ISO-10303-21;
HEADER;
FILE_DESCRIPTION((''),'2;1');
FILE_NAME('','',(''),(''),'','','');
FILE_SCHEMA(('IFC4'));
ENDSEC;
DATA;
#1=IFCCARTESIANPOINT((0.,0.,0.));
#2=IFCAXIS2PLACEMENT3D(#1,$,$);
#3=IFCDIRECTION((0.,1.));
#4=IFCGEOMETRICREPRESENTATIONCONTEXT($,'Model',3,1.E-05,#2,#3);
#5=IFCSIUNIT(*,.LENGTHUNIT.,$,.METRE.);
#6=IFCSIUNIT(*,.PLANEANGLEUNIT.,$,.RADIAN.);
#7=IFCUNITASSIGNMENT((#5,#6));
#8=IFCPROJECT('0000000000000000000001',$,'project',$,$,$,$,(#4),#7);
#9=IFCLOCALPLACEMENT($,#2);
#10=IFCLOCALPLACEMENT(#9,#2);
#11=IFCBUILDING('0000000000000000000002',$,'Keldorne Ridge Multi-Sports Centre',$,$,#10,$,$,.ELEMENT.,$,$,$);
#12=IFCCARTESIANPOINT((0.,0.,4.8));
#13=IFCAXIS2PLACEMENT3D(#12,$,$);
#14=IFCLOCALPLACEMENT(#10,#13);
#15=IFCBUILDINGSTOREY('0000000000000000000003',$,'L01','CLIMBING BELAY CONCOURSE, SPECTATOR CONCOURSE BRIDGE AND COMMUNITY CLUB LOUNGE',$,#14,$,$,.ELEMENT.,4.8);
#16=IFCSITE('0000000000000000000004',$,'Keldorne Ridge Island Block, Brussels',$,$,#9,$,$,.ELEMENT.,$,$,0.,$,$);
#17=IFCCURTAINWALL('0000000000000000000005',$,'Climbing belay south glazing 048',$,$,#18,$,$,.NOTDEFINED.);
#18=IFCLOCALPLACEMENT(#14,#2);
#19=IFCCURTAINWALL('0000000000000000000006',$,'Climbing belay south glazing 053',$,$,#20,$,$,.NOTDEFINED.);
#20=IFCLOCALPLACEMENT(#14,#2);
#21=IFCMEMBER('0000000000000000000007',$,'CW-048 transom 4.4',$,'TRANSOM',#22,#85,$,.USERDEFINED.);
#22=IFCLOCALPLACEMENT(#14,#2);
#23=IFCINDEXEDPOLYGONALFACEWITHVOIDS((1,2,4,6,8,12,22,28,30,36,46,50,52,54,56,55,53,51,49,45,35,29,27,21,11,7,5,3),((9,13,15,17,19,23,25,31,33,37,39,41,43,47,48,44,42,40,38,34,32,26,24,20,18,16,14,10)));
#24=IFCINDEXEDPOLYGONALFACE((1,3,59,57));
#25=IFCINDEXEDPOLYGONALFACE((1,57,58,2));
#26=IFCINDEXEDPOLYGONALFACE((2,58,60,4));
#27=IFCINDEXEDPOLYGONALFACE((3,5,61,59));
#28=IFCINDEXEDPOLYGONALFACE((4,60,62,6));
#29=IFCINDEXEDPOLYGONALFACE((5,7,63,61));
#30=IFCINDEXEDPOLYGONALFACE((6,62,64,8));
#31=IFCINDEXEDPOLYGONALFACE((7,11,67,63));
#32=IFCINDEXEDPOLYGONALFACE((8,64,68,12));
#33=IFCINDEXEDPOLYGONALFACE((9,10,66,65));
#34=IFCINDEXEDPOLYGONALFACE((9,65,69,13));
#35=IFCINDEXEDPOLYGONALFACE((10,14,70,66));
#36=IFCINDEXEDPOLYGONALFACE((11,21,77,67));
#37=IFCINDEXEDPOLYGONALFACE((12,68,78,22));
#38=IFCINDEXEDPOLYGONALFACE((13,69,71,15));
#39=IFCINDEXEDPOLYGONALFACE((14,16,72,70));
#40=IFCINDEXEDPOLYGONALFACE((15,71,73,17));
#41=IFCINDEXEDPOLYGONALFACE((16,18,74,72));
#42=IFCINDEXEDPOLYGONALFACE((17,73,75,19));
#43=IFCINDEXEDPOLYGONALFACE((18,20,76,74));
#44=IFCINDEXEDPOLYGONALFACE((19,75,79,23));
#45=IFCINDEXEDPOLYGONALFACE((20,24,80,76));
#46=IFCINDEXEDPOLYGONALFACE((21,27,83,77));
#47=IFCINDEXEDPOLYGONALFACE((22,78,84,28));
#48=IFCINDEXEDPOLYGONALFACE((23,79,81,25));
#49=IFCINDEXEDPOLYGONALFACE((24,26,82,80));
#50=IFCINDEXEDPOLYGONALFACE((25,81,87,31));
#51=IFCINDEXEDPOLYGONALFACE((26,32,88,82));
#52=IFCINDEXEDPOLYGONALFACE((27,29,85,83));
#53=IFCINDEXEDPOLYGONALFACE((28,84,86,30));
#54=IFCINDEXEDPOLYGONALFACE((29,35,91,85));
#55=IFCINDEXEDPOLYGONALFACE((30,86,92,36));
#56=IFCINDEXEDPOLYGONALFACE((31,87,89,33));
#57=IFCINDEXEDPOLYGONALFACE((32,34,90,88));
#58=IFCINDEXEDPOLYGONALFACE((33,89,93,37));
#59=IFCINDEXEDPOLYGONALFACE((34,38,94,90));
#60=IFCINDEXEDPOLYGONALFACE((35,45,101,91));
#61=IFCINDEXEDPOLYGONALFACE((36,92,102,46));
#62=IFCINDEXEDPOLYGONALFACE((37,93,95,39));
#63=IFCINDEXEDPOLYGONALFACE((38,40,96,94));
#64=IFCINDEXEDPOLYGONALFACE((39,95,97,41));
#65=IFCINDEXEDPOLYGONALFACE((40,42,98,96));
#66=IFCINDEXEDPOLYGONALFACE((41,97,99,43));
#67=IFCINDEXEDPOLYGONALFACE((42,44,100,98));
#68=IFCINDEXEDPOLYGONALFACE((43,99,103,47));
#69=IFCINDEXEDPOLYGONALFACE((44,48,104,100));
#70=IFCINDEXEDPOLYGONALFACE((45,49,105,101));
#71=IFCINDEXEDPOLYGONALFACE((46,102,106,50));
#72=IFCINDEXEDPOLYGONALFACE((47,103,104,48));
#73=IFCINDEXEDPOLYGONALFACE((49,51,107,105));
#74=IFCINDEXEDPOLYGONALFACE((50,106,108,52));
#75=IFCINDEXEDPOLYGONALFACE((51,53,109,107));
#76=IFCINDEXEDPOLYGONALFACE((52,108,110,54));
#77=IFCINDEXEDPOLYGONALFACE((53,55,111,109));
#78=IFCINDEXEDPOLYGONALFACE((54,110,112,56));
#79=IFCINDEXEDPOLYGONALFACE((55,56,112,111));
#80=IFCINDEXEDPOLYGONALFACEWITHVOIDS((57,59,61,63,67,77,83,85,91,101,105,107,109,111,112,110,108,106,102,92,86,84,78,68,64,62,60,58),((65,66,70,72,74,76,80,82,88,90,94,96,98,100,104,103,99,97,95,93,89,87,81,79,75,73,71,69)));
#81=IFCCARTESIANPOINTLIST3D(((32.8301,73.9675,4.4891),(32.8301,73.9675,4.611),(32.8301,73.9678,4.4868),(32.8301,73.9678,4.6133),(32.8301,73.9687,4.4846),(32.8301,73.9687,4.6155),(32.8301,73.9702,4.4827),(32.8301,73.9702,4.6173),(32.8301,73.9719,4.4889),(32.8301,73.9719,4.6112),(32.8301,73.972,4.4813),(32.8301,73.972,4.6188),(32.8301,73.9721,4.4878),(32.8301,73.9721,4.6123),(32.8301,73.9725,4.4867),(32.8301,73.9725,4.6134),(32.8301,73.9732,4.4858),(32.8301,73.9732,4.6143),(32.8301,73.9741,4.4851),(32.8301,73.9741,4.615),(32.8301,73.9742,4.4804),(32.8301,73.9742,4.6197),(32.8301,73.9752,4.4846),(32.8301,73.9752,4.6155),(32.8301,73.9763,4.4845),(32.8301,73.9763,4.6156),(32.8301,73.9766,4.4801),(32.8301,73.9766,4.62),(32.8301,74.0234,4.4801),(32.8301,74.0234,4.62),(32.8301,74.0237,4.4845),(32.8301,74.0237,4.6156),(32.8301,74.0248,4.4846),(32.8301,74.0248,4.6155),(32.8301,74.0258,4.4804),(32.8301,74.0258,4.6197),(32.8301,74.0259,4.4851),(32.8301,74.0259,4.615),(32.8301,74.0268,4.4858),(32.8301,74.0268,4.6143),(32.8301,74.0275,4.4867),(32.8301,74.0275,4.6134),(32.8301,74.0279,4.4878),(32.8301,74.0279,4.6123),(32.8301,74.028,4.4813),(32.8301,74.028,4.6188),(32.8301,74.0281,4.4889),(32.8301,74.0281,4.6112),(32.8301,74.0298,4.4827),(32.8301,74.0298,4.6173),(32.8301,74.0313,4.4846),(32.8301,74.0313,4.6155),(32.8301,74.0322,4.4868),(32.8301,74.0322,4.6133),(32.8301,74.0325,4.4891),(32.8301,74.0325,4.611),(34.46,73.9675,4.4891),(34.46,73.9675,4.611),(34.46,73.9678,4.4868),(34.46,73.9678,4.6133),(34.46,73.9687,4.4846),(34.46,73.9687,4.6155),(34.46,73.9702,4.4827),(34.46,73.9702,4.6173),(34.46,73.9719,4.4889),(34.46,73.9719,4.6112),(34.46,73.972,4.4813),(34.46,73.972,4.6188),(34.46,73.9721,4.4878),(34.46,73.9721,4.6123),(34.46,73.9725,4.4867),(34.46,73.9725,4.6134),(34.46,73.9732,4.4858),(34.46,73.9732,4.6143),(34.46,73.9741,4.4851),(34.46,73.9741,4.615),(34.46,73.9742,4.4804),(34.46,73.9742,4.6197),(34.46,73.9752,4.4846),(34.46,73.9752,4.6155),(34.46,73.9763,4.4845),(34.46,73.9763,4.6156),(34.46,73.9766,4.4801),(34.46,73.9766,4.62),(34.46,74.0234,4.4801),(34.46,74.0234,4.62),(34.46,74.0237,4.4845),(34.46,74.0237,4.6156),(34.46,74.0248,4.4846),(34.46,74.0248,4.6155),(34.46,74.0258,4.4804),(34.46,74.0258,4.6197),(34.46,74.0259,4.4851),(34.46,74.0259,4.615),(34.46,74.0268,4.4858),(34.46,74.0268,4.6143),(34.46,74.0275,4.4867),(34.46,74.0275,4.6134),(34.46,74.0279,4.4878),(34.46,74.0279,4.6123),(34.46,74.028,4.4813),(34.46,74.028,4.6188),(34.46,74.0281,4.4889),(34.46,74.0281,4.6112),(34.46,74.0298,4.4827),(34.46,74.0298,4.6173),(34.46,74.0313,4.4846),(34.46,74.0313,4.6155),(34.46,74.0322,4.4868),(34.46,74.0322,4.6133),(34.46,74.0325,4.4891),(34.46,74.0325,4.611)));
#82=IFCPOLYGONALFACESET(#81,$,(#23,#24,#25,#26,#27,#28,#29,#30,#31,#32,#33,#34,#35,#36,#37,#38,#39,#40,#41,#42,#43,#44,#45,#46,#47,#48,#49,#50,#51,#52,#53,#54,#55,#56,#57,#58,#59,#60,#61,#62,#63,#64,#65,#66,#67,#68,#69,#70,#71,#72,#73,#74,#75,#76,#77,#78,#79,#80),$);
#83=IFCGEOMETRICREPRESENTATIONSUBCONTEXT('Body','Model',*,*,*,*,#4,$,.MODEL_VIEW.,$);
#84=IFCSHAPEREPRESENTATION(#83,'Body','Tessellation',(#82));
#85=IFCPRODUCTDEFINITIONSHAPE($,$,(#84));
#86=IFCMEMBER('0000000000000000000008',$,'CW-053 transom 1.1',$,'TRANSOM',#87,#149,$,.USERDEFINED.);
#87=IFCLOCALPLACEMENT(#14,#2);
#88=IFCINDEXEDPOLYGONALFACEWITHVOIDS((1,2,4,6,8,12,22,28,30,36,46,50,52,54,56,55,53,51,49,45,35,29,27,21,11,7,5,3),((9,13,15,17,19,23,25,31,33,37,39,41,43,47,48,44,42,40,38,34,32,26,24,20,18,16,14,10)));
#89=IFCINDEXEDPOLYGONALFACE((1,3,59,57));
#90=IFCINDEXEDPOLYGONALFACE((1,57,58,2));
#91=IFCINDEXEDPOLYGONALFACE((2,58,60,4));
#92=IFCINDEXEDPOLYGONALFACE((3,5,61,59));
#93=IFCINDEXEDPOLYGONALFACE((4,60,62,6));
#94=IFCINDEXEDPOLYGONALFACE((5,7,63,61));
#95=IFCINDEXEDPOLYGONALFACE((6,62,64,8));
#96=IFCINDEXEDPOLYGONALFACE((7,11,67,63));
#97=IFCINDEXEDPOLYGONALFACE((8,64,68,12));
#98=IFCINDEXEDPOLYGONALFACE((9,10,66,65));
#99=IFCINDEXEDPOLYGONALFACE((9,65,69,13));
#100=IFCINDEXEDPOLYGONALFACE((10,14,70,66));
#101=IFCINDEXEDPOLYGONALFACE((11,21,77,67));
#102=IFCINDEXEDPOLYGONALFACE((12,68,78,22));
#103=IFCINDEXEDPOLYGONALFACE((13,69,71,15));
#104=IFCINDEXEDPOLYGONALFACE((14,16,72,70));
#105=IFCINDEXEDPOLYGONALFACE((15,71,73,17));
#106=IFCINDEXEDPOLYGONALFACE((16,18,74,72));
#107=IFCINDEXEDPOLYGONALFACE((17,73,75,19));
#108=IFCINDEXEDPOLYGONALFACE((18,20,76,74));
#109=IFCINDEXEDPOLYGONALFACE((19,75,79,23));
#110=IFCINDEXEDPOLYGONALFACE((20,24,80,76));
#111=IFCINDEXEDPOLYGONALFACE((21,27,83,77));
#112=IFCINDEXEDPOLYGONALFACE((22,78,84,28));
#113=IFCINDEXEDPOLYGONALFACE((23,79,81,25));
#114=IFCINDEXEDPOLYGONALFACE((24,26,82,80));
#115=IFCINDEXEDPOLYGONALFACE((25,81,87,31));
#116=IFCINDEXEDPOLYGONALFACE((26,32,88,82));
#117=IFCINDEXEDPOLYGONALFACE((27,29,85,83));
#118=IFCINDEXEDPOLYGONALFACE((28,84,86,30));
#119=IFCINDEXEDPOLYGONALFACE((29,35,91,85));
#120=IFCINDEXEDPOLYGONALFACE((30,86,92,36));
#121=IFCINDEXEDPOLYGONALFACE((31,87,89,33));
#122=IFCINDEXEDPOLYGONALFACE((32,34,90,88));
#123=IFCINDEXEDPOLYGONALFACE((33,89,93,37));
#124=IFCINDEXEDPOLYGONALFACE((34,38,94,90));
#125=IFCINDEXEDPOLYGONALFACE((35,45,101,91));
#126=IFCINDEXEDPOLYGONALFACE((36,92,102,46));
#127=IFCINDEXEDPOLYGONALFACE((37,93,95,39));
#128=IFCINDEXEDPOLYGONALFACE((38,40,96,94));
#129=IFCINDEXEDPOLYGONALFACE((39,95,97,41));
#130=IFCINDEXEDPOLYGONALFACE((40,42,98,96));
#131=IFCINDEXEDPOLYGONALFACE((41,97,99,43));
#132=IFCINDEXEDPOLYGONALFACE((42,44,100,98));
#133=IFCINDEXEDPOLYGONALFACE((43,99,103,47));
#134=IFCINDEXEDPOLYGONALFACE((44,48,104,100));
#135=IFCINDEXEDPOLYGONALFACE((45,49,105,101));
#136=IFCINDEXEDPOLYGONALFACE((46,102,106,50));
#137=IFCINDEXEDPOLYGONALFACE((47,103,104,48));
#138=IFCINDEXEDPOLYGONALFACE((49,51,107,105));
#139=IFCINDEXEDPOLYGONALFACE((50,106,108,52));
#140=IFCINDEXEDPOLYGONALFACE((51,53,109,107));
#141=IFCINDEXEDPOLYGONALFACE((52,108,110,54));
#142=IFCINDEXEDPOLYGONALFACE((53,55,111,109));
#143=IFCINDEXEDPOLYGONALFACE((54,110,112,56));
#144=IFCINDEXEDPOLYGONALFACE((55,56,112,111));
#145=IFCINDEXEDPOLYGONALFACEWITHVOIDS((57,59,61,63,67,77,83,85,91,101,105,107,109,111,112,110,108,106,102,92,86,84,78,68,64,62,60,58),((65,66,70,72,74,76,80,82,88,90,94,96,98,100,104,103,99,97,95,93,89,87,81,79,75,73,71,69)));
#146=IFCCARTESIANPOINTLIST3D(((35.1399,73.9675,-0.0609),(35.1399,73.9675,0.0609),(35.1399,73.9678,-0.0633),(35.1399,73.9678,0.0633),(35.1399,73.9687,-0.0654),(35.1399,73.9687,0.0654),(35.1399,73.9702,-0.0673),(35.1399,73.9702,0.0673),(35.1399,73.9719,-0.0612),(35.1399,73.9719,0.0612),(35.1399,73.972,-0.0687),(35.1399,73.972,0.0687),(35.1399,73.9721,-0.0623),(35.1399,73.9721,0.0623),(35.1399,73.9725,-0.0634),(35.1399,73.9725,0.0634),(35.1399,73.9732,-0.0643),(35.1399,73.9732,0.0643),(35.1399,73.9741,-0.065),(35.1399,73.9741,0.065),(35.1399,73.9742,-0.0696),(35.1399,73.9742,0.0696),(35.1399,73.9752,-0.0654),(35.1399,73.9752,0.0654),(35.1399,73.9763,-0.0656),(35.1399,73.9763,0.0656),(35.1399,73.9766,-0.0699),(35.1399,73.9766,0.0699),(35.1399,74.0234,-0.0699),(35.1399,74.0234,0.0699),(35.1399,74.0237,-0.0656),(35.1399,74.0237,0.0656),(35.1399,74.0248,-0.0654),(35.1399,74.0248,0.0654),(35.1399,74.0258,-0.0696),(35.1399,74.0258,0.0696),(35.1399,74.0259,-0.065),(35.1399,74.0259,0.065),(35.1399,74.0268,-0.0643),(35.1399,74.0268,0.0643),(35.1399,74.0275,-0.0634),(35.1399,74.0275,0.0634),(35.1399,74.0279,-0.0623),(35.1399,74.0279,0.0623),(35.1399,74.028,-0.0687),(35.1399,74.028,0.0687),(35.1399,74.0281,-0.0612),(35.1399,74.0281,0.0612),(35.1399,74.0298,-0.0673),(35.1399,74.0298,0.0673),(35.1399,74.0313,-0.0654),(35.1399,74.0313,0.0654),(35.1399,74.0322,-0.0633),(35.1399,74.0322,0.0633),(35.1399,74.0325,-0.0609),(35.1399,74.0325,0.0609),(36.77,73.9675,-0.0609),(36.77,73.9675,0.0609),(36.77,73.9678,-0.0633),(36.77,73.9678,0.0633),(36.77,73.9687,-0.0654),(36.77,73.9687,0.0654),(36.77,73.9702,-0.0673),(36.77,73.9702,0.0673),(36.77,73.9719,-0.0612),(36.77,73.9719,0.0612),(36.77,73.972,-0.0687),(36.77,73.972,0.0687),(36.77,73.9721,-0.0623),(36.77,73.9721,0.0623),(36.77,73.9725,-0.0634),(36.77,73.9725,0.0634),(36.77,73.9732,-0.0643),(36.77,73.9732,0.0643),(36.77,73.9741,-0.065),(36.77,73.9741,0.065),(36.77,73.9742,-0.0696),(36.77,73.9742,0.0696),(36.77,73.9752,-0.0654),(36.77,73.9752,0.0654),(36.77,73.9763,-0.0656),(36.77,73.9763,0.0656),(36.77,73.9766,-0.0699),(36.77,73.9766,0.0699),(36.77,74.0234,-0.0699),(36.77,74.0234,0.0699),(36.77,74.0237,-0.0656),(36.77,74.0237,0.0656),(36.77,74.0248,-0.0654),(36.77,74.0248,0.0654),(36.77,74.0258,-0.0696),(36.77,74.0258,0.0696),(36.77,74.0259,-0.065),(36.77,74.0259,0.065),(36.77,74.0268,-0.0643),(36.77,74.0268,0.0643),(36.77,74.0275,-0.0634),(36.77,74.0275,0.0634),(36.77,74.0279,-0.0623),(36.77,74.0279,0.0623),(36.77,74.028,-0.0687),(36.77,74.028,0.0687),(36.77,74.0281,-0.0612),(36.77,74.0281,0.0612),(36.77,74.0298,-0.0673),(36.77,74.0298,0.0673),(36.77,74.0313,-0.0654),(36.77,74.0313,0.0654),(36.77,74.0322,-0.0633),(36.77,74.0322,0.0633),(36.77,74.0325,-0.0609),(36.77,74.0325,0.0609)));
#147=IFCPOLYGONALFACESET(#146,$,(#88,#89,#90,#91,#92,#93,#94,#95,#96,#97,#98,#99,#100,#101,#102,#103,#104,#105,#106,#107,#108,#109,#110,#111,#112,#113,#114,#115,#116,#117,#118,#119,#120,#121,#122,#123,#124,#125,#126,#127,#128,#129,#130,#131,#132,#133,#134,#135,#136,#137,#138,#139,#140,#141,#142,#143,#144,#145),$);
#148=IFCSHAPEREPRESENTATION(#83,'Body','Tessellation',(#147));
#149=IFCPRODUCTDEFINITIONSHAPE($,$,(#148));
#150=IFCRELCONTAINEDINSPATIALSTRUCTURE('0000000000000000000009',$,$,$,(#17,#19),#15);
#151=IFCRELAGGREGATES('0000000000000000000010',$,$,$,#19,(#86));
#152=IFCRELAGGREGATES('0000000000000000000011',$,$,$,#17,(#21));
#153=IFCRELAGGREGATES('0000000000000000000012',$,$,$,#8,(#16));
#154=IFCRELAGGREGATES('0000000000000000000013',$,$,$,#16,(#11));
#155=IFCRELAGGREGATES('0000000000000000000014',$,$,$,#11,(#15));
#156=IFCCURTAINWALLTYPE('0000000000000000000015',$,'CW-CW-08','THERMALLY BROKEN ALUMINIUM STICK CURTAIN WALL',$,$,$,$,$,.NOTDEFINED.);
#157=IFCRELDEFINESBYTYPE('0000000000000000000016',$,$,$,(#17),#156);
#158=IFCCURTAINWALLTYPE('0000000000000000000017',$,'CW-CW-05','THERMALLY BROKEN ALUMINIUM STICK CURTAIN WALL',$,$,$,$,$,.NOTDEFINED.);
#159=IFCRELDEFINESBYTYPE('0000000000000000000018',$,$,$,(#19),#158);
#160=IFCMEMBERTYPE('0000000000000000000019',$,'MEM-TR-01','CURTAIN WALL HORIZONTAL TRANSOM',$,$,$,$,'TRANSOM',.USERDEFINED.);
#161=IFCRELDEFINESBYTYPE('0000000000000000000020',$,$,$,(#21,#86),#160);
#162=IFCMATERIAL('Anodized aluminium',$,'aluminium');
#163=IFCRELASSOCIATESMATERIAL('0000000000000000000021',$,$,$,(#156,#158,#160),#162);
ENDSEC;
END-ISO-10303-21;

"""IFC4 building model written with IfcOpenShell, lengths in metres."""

from ifc_helpers import new_model, si_unit, direction, frame, origin, origin_2d, place, context, subcontext, project, spatial, hollow_rectangle, extrude, material, material_profile, profile_set, type_object, element, aggregate, save


model = new_model("IFC4")

# Units and contexts
model_context = context("Model", 3, precision=1e-05, world=origin(), true_north=direction((0.0, 1.0)))
body_context = subcontext(model_context, "Body", "Model", "MODEL_VIEW")
ifc_project = project(units=[si_unit("LENGTHUNIT", "METRE"), si_unit("PLANEANGLEUNIT", "RADIAN")], contexts=[model_context])

# Site, building, storey
site_placement = place(None, origin())
site = spatial("IfcSite", under=ifc_project, at=site_placement, Name="Keldorne Ridge Island Block, Brussels", CompositionType="ELEMENT", RefElevation=0.0)
building_placement = place(site_placement, origin())
building = spatial("IfcBuilding", under=site, at=building_placement, Name="Keldorne Ridge Multi-Sports Centre", CompositionType="ELEMENT")
storey_placement = place(building_placement, frame((0.0, 0.0, 4.8)))
storey = spatial("IfcBuildingStorey", under=building, at=storey_placement, Name="L01", Description="CLIMBING BELAY CONCOURSE, SPECTATOR CONCOURSE BRIDGE AND COMMUNITY CLUB LOUNGE", CompositionType="ELEMENT", Elevation=4.8)

# Curtain wall
ifc_material_1 = material(Name="Anodized aluminium", Category="aluminium")
curtain_wall_type_1 = type_object("IfcCurtainWallType", Name="CW-CW-08", Description="THERMALLY BROKEN ALUMINIUM STICK CURTAIN WALL", PredefinedType="NOTDEFINED", material=ifc_material_1)
curtain_wall_1_placement = place(storey_placement, origin())
curtain_wall_1 = element("IfcCurtainWall", 1, at=curtain_wall_1_placement, inside=storey, type_object=curtain_wall_type_1, Name="Climbing belay south glazing 048", PredefinedType="NOTDEFINED")

# Curtain wall
curtain_wall_type_2 = type_object("IfcCurtainWallType", Name="CW-CW-05", Description="THERMALLY BROKEN ALUMINIUM STICK CURTAIN WALL", PredefinedType="NOTDEFINED", material=ifc_material_1)
curtain_wall_2_placement = place(storey_placement, origin())
curtain_wall_2 = element("IfcCurtainWall", 2, at=curtain_wall_2_placement, inside=storey, type_object=curtain_wall_type_2, Name="Climbing belay south glazing 053", PredefinedType="NOTDEFINED")

# Members
ifc_material_profile_1 = material_profile(ifc_material_1, hollow_rectangle(XDim=0.0649, YDim=0.1399, WallThickness=0.0044, InnerFilletRadius=0.0044, OuterFilletRadius=0.009, at=origin_2d()), Name="ALU TRANSOM 140x65x4.5")
ifc_profile_set_1 = profile_set([ifc_material_profile_1], Name="Anodized aluminium")
member_type_1 = type_object("IfcMemberType", Name="MEM-TR-01", Description="CURTAIN WALL HORIZONTAL TRANSOM", ElementType="TRANSOM", PredefinedType="USERDEFINED", material=ifc_profile_set_1)
member_1_placement = place(storey_placement, frame((32.8301, 74.0, 4.55), z_axis=(1.0, 0.0, 0.0), x_axis=(0.0, 1.0, 0.0)))
member_1 = element("IfcMember", 3, at=member_1_placement, type_object=member_type_1, Name="CW-048 transom 4.4", ObjectType="TRANSOM", PredefinedType="USERDEFINED", context=body_context, shape_type="SweptSolid", body=[
    extrude(hollow_rectangle(XDim=0.0649, YDim=0.1399, WallThickness=0.0044, InnerFilletRadius=0.0044, OuterFilletRadius=0.009, at=origin_2d()), origin(), (0.0, 0.0, 1.0), 1.6299),
])
member_2_placement = place(storey_placement, frame((35.1399, 74.0, 0.0), z_axis=(1.0, 0.0, 0.0), x_axis=(0.0, 1.0, 0.0)))
member_2 = element("IfcMember", 4, at=member_2_placement, type_object=member_type_1, Name="CW-053 transom 1.1", ObjectType="TRANSOM", PredefinedType="USERDEFINED", context=body_context, shape_type="SweptSolid", body=[
    extrude(hollow_rectangle(XDim=0.0649, YDim=0.1399, WallThickness=0.0044, InnerFilletRadius=0.0044, OuterFilletRadius=0.009, at=origin_2d()), origin(), (0.0, 0.0, 1.0), 1.6301),
])
aggregate(curtain_wall_2, [member_2])

aggregate(curtain_wall_1, [member_1])

save(model, "model.ifc")
